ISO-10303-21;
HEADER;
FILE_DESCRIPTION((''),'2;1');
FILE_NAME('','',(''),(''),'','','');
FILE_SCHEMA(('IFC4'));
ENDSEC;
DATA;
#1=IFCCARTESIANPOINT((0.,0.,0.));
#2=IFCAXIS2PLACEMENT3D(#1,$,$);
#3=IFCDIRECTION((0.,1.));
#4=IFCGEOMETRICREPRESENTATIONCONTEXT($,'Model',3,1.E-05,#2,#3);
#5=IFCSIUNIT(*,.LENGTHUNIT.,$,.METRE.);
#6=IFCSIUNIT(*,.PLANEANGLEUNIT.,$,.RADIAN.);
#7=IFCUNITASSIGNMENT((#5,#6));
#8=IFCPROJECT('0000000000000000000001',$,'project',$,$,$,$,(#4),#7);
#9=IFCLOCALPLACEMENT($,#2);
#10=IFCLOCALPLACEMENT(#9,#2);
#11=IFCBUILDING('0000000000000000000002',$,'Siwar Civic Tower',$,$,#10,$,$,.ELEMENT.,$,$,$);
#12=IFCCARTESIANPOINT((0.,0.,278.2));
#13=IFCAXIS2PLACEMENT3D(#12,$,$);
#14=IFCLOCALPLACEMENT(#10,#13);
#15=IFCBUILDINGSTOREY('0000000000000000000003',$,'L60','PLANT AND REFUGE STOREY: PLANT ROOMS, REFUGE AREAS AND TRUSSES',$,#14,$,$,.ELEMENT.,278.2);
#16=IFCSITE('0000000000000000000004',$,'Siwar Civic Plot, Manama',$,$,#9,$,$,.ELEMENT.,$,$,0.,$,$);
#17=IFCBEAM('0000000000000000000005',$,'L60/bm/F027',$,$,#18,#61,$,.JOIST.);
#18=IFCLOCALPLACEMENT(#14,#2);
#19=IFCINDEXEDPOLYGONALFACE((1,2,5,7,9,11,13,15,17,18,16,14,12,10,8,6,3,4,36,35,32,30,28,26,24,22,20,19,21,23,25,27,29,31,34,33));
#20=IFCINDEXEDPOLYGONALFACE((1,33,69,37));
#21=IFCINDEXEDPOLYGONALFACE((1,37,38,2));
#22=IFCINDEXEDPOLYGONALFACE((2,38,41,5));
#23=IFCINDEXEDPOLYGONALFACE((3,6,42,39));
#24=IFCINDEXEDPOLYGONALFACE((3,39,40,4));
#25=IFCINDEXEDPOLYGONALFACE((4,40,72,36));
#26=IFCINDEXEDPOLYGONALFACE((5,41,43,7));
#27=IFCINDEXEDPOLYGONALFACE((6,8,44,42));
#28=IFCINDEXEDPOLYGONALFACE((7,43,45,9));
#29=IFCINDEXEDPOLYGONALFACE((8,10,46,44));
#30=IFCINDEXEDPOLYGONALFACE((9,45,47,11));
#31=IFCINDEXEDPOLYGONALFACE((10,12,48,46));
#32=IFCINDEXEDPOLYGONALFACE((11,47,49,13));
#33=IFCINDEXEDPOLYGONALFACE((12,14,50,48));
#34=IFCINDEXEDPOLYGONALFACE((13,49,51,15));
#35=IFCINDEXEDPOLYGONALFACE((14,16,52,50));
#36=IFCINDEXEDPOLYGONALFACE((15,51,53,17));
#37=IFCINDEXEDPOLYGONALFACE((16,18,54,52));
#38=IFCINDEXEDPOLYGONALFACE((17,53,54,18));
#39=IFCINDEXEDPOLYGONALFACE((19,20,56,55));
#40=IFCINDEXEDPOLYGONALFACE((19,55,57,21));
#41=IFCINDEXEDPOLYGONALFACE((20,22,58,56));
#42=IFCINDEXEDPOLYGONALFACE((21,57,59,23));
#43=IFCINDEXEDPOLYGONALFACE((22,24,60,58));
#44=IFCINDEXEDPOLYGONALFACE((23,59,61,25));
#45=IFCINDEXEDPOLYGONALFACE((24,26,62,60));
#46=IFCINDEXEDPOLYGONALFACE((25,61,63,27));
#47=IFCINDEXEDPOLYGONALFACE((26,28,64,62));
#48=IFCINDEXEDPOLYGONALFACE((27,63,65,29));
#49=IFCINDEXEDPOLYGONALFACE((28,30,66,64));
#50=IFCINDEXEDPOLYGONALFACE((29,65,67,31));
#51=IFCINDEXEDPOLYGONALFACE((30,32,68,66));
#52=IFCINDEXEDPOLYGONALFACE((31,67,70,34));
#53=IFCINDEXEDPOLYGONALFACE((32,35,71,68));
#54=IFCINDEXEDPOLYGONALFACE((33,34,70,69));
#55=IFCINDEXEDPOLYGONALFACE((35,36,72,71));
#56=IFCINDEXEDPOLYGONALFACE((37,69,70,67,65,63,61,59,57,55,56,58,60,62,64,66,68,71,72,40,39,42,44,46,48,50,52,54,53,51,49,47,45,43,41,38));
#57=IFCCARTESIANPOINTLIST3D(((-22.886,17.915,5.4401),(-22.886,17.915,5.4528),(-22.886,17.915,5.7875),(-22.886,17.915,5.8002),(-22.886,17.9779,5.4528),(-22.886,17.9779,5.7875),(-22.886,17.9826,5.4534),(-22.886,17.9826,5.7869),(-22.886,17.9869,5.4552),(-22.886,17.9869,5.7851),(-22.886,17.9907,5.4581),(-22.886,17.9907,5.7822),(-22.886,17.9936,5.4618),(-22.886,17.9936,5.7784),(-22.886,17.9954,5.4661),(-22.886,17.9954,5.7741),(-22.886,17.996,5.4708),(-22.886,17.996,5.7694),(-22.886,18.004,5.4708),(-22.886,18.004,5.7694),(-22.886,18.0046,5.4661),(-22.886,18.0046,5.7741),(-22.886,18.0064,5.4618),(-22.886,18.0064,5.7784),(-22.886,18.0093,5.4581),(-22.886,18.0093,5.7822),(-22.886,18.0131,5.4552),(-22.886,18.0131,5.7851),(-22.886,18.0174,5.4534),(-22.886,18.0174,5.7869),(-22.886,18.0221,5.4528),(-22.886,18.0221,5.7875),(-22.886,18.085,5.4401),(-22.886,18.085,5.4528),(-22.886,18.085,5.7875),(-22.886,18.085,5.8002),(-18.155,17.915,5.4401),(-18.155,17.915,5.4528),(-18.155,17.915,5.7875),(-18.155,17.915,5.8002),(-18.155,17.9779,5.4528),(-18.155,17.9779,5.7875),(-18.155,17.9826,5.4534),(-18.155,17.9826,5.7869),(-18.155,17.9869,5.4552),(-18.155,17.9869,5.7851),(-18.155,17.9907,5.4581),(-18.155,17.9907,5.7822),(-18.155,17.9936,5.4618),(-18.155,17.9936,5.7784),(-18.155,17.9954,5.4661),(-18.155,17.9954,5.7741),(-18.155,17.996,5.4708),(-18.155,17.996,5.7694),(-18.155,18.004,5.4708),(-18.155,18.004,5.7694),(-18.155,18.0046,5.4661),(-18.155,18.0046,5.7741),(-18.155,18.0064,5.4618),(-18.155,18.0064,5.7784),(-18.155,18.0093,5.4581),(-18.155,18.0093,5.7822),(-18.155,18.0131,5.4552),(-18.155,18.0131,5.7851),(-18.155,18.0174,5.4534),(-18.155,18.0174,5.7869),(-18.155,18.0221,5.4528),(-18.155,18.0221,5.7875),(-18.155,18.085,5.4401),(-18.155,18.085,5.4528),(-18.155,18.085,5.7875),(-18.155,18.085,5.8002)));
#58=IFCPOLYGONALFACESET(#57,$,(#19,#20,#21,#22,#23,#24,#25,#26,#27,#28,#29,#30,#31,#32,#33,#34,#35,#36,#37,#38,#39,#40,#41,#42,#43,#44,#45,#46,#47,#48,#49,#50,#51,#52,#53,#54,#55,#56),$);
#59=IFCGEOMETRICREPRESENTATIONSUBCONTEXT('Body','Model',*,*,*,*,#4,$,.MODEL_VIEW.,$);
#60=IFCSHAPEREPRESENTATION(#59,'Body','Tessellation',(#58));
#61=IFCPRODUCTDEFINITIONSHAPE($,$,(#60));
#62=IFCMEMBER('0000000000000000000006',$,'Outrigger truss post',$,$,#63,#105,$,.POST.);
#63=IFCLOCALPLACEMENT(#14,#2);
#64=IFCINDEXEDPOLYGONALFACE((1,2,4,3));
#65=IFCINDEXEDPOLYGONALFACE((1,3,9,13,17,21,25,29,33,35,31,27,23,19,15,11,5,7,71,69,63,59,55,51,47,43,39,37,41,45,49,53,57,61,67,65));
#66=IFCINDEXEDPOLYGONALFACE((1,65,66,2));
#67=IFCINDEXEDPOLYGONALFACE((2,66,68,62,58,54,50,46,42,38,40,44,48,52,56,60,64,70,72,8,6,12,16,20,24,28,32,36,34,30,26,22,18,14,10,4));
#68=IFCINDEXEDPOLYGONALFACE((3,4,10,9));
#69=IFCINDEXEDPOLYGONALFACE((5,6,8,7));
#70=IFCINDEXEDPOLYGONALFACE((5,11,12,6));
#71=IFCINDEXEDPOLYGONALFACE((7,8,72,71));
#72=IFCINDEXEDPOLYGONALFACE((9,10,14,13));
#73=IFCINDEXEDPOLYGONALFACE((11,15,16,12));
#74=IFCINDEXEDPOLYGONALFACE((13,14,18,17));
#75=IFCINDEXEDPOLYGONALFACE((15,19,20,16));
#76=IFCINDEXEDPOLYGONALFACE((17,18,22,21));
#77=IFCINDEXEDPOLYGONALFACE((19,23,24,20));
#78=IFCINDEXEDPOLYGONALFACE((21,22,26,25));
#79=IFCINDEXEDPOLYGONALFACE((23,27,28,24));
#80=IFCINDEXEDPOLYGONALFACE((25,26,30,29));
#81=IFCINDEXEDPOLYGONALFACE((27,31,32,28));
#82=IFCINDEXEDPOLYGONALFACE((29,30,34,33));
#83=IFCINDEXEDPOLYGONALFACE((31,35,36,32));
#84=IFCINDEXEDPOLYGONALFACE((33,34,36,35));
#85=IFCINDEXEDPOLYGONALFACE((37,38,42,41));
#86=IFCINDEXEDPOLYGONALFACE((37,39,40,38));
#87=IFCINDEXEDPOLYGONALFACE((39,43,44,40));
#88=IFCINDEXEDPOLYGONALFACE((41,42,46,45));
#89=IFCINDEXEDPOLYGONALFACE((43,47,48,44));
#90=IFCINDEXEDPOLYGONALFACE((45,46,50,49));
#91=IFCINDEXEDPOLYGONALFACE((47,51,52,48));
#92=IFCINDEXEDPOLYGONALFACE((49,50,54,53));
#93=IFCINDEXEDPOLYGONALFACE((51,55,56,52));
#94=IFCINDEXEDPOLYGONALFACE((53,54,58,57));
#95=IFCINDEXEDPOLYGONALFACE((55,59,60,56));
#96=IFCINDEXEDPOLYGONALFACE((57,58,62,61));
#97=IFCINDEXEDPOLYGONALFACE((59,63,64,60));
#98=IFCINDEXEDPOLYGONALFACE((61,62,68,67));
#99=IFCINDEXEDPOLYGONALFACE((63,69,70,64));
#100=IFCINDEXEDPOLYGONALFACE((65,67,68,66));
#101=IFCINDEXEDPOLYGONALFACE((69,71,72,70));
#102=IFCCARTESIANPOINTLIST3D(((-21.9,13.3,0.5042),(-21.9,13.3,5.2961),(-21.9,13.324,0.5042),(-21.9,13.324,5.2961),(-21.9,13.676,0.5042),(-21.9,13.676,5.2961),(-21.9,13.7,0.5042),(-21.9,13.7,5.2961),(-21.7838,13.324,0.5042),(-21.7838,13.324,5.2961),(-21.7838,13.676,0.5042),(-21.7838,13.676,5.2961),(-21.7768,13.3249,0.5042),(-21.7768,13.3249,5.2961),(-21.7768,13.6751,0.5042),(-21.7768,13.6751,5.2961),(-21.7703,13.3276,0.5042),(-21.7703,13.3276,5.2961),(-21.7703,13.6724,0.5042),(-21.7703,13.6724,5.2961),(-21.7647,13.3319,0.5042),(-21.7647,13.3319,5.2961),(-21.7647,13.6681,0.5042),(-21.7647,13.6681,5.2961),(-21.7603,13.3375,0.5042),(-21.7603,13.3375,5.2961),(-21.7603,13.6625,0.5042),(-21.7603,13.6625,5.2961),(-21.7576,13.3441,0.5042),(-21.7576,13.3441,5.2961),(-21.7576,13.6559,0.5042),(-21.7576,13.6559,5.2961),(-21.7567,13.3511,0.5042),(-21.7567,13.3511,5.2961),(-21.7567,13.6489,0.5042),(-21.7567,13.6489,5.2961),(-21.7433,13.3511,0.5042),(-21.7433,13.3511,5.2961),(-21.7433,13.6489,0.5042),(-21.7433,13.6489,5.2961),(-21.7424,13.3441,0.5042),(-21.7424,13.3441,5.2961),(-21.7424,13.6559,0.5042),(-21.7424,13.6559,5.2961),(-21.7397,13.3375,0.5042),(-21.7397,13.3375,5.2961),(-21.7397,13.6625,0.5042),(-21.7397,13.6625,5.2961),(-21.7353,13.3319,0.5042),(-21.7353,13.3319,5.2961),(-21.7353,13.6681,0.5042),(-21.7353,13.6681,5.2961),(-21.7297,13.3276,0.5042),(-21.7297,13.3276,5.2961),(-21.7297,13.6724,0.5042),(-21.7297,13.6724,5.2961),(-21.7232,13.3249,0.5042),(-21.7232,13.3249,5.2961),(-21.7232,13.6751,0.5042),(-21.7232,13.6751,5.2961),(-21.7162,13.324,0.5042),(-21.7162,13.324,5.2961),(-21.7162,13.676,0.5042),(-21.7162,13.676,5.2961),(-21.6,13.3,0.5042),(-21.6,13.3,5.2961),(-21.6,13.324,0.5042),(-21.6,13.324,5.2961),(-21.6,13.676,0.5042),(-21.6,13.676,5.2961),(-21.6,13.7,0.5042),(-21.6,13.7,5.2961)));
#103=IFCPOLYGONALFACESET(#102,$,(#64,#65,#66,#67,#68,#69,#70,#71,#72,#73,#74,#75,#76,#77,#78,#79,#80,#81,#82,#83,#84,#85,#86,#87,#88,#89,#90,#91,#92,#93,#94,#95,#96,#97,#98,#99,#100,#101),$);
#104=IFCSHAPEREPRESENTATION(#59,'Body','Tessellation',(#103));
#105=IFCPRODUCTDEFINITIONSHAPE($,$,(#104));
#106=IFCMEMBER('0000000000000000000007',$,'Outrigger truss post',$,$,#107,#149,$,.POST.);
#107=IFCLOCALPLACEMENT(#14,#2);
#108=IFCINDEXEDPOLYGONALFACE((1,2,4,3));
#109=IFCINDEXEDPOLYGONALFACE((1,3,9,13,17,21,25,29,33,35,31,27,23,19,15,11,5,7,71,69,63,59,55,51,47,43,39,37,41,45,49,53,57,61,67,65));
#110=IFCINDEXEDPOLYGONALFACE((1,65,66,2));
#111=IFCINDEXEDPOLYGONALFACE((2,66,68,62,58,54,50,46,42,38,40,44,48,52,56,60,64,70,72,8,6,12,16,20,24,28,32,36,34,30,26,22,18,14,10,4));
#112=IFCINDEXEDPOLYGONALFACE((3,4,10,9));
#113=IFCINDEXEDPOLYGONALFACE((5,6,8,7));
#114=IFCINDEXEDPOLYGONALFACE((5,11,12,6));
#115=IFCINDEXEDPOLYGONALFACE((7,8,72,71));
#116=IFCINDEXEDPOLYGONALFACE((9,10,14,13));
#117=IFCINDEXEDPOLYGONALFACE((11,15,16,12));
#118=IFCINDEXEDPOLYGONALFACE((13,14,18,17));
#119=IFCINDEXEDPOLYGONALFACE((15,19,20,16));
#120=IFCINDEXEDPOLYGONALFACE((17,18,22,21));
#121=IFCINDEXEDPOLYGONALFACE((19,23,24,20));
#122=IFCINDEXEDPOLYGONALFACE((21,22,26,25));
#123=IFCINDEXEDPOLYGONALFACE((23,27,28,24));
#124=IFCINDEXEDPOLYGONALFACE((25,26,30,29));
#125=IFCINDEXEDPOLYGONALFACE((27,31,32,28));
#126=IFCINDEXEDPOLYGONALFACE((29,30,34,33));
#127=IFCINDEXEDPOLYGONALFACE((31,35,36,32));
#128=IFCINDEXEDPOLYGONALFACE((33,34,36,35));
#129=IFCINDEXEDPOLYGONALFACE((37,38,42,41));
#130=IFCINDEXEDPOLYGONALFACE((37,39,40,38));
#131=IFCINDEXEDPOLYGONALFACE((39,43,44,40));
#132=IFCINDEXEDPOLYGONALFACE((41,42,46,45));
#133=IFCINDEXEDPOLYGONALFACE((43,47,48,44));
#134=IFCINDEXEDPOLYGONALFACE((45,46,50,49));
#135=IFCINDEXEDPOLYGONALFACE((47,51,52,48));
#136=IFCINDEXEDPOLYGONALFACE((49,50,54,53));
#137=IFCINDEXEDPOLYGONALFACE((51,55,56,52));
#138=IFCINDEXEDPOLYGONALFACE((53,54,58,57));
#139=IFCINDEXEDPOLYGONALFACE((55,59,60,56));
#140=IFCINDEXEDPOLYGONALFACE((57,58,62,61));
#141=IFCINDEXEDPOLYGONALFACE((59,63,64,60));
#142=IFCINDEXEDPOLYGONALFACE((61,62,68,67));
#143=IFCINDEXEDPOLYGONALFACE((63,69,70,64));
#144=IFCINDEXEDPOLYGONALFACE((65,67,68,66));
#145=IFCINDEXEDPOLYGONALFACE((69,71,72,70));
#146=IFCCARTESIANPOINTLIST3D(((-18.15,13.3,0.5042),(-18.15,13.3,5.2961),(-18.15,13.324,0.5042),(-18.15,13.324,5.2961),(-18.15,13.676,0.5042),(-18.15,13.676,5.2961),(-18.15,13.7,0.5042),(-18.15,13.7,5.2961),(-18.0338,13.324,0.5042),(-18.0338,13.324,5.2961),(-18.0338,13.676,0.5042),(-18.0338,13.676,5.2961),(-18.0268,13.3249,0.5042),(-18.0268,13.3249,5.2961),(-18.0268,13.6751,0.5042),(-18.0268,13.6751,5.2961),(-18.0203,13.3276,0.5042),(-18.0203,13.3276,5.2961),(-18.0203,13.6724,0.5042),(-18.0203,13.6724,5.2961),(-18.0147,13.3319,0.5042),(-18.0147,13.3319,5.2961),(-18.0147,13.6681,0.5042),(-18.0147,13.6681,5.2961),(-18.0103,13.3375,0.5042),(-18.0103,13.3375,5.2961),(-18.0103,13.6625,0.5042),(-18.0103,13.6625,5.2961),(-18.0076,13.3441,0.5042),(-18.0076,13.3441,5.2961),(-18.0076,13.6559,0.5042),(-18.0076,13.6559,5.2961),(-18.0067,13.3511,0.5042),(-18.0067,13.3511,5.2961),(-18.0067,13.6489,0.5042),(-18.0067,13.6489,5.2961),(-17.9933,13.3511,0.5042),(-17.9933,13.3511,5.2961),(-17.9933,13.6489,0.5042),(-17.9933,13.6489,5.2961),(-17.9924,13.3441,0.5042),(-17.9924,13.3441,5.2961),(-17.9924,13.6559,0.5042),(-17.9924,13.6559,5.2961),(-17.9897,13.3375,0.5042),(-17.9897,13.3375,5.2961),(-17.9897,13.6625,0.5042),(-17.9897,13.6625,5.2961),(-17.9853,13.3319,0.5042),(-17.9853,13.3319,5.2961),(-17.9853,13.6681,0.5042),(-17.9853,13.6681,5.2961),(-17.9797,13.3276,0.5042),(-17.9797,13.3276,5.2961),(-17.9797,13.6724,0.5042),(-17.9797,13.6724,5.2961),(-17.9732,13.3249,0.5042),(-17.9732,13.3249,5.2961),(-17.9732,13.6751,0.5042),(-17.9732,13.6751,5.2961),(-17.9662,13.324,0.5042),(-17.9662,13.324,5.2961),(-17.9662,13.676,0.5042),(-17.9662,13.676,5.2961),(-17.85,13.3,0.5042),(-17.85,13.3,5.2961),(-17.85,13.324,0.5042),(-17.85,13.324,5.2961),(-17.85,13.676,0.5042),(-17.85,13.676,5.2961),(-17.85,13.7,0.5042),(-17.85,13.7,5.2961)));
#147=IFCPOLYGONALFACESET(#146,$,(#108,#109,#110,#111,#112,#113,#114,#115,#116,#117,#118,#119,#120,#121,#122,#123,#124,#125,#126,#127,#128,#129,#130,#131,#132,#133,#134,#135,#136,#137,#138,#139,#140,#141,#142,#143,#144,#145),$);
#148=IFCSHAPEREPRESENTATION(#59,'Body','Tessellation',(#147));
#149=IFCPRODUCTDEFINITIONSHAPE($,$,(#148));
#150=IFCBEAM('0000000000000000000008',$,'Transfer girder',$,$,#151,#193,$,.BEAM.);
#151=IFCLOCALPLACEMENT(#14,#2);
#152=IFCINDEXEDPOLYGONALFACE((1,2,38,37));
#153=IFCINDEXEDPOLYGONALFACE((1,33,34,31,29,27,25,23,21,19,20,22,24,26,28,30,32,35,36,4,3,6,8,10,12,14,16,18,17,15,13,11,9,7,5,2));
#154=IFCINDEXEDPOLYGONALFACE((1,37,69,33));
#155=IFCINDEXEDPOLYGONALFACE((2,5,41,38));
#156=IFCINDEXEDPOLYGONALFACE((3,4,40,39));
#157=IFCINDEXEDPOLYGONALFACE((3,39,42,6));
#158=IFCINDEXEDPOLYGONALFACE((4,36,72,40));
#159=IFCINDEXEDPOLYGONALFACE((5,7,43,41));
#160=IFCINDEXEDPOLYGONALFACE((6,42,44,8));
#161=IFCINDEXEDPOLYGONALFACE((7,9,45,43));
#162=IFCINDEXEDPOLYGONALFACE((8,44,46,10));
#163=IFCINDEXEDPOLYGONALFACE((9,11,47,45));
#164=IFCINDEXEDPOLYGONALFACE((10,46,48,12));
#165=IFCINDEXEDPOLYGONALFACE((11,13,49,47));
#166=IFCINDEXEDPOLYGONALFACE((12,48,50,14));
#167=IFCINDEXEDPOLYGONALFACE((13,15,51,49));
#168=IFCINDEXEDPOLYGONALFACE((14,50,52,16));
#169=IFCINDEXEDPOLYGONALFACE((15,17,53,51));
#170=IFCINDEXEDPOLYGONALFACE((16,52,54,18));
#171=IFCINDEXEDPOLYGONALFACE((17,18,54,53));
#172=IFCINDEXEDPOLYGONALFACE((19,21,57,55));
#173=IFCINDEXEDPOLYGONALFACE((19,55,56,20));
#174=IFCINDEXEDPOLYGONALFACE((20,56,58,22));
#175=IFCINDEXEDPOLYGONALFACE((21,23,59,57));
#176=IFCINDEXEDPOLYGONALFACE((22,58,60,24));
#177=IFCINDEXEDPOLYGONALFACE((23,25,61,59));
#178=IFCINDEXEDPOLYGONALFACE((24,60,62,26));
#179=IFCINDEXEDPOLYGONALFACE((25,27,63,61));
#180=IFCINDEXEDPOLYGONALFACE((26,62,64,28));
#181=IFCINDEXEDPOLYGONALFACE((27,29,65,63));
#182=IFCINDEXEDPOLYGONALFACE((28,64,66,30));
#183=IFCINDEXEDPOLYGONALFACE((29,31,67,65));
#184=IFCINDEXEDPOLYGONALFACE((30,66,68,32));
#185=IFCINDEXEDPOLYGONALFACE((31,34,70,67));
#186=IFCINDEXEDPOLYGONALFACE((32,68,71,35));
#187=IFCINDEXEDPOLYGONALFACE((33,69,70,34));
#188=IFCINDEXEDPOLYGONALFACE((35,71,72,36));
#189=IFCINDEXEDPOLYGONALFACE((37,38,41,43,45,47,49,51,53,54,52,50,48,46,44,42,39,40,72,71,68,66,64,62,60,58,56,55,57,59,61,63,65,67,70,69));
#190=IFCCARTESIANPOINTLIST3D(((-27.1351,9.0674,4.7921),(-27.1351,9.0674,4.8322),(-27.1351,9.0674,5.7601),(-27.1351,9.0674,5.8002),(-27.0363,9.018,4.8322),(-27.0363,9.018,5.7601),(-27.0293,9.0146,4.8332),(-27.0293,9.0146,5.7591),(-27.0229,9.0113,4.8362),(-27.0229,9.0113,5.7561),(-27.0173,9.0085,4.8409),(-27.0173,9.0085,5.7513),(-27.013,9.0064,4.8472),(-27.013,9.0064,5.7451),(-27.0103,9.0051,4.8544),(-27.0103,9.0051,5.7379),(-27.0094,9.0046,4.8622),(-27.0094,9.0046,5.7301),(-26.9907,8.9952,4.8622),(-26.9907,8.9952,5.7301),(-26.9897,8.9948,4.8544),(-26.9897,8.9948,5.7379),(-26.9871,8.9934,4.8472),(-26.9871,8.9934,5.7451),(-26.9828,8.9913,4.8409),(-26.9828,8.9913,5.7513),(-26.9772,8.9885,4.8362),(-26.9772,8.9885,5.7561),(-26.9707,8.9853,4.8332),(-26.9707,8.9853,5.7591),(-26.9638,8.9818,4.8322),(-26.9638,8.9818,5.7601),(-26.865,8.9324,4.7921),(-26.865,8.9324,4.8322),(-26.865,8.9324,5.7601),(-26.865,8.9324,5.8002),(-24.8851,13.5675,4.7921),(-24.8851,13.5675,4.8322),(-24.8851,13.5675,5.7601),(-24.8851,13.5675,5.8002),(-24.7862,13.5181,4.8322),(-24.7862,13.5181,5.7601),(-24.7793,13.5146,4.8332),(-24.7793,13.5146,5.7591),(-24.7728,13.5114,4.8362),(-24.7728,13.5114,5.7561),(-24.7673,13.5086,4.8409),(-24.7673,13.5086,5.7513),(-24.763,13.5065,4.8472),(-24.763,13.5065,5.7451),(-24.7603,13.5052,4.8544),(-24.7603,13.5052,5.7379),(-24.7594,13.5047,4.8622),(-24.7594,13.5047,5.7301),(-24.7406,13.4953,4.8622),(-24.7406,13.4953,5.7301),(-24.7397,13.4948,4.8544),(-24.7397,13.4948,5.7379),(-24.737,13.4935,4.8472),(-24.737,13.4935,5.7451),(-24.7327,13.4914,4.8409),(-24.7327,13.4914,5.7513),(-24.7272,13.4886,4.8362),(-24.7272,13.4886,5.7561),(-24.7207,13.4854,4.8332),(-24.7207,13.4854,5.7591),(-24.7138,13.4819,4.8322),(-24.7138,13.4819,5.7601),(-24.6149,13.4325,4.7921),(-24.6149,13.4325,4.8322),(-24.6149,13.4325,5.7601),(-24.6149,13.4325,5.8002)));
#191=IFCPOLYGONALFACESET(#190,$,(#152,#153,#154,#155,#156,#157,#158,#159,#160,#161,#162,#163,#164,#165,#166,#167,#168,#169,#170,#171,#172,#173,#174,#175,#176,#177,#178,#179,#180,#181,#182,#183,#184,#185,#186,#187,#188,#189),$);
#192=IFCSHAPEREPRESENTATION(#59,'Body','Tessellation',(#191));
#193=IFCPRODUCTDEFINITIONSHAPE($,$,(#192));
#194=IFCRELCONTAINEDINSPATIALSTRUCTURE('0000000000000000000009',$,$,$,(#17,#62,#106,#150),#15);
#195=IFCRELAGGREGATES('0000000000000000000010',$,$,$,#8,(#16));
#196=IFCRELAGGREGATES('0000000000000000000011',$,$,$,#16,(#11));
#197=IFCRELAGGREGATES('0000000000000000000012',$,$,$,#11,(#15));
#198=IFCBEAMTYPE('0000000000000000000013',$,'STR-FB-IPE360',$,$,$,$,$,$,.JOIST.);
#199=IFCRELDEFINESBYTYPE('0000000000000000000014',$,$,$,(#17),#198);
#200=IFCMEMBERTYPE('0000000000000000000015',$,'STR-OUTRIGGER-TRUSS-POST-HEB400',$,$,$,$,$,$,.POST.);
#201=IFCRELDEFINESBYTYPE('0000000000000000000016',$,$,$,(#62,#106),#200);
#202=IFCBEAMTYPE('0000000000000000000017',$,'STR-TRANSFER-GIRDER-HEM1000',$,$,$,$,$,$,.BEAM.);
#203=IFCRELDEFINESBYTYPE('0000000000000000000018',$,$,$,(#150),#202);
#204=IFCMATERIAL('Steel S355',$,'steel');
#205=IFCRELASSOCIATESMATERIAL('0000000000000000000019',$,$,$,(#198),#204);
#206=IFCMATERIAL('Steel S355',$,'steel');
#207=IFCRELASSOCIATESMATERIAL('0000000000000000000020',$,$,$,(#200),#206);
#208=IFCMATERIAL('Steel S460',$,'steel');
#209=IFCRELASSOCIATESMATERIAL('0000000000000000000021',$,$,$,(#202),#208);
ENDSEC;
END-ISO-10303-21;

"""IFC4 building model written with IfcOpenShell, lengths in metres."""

from ifc_helpers import new_model, si_unit, direction, frame, origin, origin_2d, place, context, subcontext, project, spatial, i_section, extrude, material, material_profile, profile_set, type_object, element, save


model = new_model("IFC4")

# Units and contexts
model_context = context("Model", 3, precision=1e-05, world=origin(), true_north=direction((0.0, 1.0)))
body_context = subcontext(model_context, "Body", "Model", "MODEL_VIEW")
ifc_project = project(units=[si_unit("LENGTHUNIT", "METRE"), si_unit("PLANEANGLEUNIT", "RADIAN")], contexts=[model_context])

# Site, building, storey
site_placement = place(None, origin())
site = spatial("IfcSite", under=ifc_project, at=site_placement, Name="Siwar Civic Plot, Manama", CompositionType="ELEMENT", RefElevation=0.0)
building_placement = place(site_placement, origin())
building = spatial("IfcBuilding", under=site, at=building_placement, Name="Siwar Civic Tower", CompositionType="ELEMENT")
storey_placement = place(building_placement, frame((0.0, 0.0, 278.2)))
storey = spatial("IfcBuildingStorey", under=building, at=storey_placement, Name="L60", Description="PLANT AND REFUGE STOREY: PLANT ROOMS, REFUGE AREAS AND TRUSSES", CompositionType="ELEMENT", Elevation=278.2)

# Beam
ifc_material_1 = material(Name="Steel S355", Category="steel")
ifc_material_profile_1 = material_profile(ifc_material_1, i_section(OverallWidth=0.1699, OverallDepth=0.3601, WebThickness=0.0081, FlangeThickness=0.0127, FilletRadius=0.0181, at=origin_2d()), Name="IPE360")
ifc_profile_set_1 = profile_set([ifc_material_profile_1], Name="Steel S355")
beam_type_1 = type_object("IfcBeamType", Name="STR-FB-IPE360", PredefinedType="JOIST", material=ifc_profile_set_1)
beam_1_placement = place(storey_placement, frame((-22.886, 18.0, 5.6201), z_axis=(1.0, 0.0, 0.0), x_axis=(0.0, 1.0, 0.0)))
element("IfcBeam", 1, at=beam_1_placement, inside=storey, type_object=beam_type_1, Name="L60/bm/F027", PredefinedType="JOIST", context=body_context, shape_type="SweptSolid", body=[
    extrude(i_section(OverallWidth=0.1699, OverallDepth=0.3601, WebThickness=0.0081, FlangeThickness=0.0127, FilletRadius=0.0181, at=origin_2d()), origin(), (0.0, 0.0, 1.0), 4.731),
])

# Members
ifc_material_2 = material(Name="Steel S355", Category="steel")
ifc_material_profile_2 = material_profile(ifc_material_2, i_section(OverallWidth=0.3, OverallDepth=0.3999, WebThickness=0.0134, FlangeThickness=0.0239, FilletRadius=0.0271, at=origin_2d()), Name="HEB400")
ifc_profile_set_2 = profile_set([ifc_material_profile_2], Name="Steel S355")
member_type_1 = type_object("IfcMemberType", Name="STR-OUTRIGGER-TRUSS-POST-HEB400", PredefinedType="POST", material=ifc_profile_set_2)
for number, where, z_axis, x_axis, name in (
    (2, (-21.75, 13.5, 0.5042), (0.0, 0.0, 1.0), (1.0, 0.0, 0.0), "Outrigger truss post"),
    (3, (-18.0, 13.5, 0.5042), (0.0, 0.0, 1.0), (1.0, 0.0, 0.0), "Outrigger truss post"),
):
    element("IfcMember", number, at=place(storey_placement, frame(where, z_axis=z_axis, x_axis=x_axis)), inside=storey, type_object=member_type_1, Name=name, PredefinedType="POST", context=body_context, shape_type="SweptSolid", body=[
        extrude(i_section(OverallWidth=0.3, OverallDepth=0.3999, WebThickness=0.0134, FlangeThickness=0.0239, FilletRadius=0.0271, at=origin_2d()), origin(), (0.0, 0.0, 1.0), 4.792),
    ])

# Beam
ifc_material_3 = material(Name="Steel S460", Category="steel")
ifc_material_profile_3 = material_profile(ifc_material_3, i_section(OverallWidth=0.302, OverallDepth=1.0081, WebThickness=0.021, FlangeThickness=0.04, FilletRadius=0.03, at=origin_2d()), Name="HEM1000")
ifc_profile_set_3 = profile_set([ifc_material_profile_3], Name="Steel S460")
beam_type_2 = type_object("IfcBeamType", Name="STR-TRANSFER-GIRDER-HEM1000", PredefinedType="BEAM", material=ifc_profile_set_3)
for number, where, z_axis, x_axis, name in (
    (4, (-24.75, 13.5, 5.2961), (-0.447214, -0.894427, 0.0), (0.894427, -0.447214, 0.0), "Transfer girder"),
):
    element("IfcBeam", number, at=place(storey_placement, frame(where, z_axis=z_axis, x_axis=x_axis)), inside=storey, type_object=beam_type_2, Name=name, PredefinedType="BEAM", context=body_context, shape_type="SweptSolid", body=[
        extrude(i_section(OverallWidth=0.302, OverallDepth=1.0081, WebThickness=0.021, FlangeThickness=0.04, FilletRadius=0.03, at=origin_2d()), origin(), (0.0, 0.0, 1.0), 5.0312),
    ])

save(model, "model.ifc")
